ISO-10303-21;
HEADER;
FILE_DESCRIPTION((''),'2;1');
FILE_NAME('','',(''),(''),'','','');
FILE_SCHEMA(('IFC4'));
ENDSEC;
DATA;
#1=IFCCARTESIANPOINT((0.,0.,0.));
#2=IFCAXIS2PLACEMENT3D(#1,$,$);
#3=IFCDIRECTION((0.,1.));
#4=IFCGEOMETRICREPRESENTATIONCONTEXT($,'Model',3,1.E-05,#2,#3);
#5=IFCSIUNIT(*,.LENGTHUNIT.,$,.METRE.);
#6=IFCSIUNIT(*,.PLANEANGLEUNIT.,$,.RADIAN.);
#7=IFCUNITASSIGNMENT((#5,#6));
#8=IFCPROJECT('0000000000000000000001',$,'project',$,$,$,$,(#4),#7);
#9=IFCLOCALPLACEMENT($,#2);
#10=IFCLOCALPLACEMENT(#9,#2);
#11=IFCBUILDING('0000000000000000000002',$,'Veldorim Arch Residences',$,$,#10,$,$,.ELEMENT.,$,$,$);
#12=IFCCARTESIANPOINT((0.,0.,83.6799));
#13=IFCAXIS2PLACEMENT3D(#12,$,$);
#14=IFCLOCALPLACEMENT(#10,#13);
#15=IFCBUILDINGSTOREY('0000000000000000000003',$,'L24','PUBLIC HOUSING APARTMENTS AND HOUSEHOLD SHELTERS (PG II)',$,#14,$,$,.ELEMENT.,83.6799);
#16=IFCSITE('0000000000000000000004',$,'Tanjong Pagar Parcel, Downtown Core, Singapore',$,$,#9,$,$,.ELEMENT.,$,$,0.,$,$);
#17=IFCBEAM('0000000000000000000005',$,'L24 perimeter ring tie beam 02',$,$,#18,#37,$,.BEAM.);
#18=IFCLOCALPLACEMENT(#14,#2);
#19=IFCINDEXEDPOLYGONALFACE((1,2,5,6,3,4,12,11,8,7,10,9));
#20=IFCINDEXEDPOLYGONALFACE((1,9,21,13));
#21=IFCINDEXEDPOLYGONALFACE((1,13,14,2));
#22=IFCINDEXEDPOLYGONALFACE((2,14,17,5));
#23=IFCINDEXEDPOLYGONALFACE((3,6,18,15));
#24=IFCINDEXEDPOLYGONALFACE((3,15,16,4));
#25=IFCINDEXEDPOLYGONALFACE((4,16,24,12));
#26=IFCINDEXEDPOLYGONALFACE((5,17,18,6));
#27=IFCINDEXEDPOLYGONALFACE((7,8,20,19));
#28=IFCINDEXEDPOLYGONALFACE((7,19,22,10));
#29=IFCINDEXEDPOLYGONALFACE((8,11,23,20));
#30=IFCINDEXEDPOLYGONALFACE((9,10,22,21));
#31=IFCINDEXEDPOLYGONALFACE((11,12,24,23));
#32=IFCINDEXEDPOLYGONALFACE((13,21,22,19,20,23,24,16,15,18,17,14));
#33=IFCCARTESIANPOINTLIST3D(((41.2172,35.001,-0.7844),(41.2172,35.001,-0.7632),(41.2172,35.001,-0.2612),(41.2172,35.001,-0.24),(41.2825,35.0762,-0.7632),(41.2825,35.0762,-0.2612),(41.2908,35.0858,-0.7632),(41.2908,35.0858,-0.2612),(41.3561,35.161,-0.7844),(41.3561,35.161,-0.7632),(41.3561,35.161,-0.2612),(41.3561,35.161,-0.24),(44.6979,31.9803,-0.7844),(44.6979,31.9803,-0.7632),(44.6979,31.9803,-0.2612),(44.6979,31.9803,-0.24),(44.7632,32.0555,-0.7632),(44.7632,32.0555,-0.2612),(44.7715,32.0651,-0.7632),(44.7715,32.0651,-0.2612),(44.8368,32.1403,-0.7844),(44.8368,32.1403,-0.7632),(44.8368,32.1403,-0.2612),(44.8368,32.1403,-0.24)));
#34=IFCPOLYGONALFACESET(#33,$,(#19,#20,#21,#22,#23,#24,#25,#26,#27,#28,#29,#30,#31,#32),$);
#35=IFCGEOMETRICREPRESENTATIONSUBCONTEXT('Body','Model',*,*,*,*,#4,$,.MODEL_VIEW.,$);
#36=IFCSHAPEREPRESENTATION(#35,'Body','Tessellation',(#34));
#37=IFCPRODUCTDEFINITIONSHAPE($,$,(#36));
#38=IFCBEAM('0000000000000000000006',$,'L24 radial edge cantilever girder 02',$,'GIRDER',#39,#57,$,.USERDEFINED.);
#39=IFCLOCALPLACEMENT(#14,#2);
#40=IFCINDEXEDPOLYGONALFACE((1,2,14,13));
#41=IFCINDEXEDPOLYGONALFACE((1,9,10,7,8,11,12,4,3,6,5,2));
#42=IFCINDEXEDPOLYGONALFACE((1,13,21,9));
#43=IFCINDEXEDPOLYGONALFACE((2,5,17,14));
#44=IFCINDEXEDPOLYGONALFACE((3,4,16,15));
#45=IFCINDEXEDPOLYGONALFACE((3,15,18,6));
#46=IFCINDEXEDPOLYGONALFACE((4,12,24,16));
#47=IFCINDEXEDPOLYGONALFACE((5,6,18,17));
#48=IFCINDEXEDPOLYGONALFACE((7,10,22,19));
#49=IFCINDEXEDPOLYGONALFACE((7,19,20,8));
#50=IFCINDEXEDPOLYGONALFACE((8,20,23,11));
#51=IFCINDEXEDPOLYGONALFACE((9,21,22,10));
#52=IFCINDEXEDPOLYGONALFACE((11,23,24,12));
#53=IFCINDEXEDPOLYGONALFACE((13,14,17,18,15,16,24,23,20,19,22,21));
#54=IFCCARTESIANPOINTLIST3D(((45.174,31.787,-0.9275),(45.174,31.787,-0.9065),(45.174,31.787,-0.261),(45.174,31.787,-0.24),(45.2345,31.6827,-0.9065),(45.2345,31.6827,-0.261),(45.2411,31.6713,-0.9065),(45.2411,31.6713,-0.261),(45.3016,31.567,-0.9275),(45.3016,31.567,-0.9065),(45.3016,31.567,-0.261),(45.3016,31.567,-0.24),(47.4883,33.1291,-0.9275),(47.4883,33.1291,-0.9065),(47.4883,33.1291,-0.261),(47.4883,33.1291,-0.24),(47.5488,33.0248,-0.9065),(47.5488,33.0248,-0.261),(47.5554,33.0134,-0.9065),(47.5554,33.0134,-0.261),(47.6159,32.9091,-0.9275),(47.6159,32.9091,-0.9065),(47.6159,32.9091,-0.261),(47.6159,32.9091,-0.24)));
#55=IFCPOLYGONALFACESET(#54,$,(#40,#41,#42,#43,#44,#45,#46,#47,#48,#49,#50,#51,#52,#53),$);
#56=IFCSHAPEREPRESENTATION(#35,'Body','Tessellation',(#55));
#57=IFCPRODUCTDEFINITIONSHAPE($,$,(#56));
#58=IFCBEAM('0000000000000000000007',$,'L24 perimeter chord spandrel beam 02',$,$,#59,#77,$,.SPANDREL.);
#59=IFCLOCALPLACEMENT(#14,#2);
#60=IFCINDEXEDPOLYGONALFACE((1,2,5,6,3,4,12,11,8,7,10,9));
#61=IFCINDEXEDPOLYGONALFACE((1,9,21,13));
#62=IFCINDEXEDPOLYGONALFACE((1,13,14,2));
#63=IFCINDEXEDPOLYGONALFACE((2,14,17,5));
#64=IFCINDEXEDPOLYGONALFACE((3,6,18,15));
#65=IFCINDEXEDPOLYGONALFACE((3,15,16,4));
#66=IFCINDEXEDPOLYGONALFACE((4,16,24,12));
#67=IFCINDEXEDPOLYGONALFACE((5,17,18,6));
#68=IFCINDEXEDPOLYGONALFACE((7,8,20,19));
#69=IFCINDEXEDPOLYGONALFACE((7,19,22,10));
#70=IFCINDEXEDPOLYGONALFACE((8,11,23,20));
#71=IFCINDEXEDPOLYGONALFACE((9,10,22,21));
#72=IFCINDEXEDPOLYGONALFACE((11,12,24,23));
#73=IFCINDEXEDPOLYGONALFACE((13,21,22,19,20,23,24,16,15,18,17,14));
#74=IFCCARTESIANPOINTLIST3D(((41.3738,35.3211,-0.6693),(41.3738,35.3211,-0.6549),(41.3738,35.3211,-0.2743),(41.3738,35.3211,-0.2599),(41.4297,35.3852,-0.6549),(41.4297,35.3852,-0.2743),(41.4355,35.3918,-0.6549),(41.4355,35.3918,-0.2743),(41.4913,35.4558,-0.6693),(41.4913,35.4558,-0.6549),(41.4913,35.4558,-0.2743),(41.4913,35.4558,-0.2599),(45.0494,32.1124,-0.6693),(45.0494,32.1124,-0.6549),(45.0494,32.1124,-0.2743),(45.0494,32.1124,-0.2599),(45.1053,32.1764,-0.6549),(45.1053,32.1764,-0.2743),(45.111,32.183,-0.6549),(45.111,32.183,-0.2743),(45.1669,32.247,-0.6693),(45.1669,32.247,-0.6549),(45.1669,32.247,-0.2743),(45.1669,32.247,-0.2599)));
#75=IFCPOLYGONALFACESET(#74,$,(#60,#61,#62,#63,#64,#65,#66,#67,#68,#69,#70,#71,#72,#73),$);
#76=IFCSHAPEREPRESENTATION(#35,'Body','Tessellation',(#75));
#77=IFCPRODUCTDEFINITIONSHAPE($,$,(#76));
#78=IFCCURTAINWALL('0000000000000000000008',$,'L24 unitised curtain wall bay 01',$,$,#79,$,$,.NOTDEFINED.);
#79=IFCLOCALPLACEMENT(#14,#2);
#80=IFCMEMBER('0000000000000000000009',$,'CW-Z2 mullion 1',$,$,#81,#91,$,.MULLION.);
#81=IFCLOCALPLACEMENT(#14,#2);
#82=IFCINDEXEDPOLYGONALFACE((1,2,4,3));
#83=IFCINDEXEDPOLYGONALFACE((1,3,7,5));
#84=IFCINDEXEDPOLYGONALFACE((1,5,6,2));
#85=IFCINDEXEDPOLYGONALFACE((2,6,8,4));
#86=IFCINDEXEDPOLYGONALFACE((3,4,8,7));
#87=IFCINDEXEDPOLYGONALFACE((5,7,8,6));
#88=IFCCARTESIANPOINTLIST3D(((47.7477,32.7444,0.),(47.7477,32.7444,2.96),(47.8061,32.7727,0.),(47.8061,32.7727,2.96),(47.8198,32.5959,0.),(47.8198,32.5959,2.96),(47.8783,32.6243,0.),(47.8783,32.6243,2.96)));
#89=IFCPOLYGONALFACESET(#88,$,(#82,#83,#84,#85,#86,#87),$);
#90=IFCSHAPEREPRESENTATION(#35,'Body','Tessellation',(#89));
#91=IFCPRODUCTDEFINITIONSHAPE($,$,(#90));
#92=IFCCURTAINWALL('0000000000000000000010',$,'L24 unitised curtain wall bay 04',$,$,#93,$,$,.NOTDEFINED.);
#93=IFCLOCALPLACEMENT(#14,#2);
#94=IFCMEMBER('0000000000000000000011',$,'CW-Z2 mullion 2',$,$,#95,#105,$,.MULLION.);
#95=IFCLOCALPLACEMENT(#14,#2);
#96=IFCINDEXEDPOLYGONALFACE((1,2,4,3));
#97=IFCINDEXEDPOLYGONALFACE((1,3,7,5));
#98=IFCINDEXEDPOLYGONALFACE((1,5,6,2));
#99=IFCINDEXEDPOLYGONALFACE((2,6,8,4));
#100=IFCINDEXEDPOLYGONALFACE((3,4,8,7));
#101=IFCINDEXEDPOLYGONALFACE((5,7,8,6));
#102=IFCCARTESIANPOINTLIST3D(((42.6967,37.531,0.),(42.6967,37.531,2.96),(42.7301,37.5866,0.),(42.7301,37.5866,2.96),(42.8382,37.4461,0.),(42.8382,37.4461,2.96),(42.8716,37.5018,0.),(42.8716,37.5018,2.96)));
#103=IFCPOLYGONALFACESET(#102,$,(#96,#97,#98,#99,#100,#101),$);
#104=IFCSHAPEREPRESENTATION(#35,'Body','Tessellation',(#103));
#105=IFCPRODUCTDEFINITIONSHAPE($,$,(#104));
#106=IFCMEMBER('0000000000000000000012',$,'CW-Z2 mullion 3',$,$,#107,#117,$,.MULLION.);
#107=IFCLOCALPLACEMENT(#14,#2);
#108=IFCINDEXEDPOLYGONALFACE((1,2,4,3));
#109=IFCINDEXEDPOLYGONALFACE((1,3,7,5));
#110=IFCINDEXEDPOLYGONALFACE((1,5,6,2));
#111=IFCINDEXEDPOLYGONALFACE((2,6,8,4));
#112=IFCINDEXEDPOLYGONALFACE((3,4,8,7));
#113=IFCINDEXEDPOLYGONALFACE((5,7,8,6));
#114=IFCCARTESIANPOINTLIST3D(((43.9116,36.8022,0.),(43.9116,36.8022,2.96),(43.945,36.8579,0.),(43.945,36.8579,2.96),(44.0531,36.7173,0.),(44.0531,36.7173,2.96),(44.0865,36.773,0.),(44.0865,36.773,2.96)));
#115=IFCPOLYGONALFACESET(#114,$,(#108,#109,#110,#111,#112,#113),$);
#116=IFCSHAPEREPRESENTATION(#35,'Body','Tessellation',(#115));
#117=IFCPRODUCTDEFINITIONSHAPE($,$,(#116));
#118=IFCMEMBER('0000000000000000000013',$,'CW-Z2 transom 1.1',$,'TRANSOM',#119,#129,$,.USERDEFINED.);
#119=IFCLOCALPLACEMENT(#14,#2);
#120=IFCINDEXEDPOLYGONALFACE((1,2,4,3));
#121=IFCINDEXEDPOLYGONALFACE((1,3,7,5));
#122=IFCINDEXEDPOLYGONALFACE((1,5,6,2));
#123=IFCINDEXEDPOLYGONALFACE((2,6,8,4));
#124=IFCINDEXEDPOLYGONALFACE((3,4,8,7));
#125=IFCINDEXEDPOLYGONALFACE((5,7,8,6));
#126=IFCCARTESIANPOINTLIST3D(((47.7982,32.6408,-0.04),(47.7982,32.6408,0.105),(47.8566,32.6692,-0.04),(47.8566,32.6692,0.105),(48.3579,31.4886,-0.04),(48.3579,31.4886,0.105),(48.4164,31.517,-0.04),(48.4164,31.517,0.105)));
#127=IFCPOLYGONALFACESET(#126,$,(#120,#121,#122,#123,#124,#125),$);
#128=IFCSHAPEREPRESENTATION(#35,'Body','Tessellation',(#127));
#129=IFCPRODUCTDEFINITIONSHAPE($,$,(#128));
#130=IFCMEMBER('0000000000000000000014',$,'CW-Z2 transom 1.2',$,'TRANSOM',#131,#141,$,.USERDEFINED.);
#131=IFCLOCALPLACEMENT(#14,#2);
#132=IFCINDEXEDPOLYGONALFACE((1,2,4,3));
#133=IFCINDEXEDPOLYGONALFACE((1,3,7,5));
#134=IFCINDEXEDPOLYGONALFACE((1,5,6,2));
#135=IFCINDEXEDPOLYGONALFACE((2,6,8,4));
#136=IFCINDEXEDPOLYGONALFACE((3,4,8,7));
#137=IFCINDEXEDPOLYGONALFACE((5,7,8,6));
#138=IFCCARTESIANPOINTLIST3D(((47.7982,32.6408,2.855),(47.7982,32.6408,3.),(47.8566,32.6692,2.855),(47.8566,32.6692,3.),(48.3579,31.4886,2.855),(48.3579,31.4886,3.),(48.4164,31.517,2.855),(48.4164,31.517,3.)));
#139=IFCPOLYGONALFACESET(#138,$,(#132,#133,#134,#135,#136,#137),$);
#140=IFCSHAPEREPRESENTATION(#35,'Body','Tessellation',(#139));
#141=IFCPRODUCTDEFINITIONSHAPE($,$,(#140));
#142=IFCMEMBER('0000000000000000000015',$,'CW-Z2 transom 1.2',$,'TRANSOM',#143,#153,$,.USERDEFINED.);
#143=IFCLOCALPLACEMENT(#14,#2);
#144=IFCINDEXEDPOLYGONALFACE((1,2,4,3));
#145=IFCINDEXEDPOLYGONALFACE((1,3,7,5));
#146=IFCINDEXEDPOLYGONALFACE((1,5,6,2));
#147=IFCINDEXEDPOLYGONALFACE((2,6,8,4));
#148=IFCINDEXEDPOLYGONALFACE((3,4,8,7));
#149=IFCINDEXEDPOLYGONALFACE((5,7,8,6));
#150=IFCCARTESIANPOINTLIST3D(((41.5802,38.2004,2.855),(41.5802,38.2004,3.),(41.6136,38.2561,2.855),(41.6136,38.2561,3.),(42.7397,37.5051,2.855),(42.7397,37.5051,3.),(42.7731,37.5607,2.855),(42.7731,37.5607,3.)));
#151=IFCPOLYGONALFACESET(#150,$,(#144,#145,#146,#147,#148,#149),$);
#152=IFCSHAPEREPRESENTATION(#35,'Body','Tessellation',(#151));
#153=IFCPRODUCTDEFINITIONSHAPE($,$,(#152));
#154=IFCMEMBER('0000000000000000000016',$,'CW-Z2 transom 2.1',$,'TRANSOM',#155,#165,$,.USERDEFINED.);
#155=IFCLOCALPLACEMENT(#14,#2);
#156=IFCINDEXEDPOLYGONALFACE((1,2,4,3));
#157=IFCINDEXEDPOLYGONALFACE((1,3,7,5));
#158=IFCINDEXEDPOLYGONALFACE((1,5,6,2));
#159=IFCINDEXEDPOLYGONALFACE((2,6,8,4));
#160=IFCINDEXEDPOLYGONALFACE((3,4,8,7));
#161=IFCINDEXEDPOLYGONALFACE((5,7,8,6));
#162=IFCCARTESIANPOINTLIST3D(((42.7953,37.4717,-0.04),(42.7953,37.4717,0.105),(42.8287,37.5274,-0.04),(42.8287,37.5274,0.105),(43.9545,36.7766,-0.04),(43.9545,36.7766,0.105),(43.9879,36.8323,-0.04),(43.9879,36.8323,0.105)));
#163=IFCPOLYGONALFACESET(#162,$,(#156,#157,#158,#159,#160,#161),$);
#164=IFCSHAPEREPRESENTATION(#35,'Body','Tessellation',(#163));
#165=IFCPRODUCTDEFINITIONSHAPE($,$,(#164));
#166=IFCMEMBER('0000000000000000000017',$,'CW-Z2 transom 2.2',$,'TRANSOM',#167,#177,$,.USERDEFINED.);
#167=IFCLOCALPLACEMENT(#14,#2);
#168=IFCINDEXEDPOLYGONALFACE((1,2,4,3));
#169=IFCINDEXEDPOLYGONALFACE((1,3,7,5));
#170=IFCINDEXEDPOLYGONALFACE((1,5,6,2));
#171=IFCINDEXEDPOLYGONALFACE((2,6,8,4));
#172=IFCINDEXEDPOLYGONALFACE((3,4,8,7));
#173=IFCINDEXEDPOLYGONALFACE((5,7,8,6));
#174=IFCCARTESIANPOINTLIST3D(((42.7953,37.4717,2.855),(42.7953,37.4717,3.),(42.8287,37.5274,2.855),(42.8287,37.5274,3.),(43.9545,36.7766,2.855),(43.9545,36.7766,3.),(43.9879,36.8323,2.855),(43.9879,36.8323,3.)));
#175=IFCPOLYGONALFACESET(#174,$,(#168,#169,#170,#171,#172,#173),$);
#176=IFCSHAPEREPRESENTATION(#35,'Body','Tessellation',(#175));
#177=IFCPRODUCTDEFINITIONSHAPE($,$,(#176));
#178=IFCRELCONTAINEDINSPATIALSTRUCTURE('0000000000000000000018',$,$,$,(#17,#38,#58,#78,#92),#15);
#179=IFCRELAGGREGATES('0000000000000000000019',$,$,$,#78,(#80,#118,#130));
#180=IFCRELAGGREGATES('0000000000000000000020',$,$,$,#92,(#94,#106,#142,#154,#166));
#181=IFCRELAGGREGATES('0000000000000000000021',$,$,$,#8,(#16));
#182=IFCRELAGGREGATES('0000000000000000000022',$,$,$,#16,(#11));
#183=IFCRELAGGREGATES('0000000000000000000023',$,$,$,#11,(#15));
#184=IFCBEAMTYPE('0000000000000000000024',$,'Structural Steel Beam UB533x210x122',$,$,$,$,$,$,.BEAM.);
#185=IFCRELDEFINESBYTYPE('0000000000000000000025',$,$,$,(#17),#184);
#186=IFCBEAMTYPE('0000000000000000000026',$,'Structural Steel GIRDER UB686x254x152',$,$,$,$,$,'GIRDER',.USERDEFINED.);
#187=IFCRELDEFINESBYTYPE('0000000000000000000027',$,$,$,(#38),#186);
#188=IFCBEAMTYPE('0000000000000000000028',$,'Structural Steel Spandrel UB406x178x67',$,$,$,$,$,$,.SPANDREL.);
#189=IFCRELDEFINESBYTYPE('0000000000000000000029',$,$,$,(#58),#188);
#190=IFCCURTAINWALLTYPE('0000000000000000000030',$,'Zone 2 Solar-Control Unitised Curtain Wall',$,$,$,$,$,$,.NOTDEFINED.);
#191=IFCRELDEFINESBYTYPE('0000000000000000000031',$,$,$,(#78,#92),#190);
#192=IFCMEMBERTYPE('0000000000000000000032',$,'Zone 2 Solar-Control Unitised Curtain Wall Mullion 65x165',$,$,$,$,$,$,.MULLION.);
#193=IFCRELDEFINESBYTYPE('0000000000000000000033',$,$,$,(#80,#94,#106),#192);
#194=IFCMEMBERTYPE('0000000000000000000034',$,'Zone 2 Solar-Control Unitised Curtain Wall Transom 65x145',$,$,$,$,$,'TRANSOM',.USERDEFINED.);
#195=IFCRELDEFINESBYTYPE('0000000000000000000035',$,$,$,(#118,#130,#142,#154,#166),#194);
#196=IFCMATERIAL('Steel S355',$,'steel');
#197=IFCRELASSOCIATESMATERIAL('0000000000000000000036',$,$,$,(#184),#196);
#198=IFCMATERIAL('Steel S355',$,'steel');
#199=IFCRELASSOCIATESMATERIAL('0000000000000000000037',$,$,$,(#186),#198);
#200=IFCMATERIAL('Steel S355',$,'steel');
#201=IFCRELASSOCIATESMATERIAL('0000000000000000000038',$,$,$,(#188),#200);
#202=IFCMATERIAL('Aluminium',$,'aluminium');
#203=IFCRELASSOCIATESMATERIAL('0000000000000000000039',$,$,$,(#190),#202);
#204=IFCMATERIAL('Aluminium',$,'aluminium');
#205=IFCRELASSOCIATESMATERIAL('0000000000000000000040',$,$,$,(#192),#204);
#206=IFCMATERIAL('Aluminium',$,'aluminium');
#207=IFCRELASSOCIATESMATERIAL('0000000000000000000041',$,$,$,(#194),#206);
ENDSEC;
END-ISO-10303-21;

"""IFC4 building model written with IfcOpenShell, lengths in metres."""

from ifc_helpers import new_model, si_unit, direction, frame, origin, origin_2d, place, context, subcontext, project, spatial, rectangle, i_section, extrude, material, material_profile, profile_set, type_object, element, aggregate, save


model = new_model("IFC4")

# Units and contexts
model_context = context("Model", 3, precision=1e-05, world=origin(), true_north=direction((0.0, 1.0)))
body_context = subcontext(model_context, "Body", "Model", "MODEL_VIEW")
ifc_project = project(units=[si_unit("LENGTHUNIT", "METRE"), si_unit("PLANEANGLEUNIT", "RADIAN")], contexts=[model_context])

# Site, building, storey
site_placement = place(None, origin())
site = spatial("IfcSite", under=ifc_project, at=site_placement, Name="Tanjong Pagar Parcel, Downtown Core, Singapore", CompositionType="ELEMENT", RefElevation=0.0)
building_placement = place(site_placement, origin())
building = spatial("IfcBuilding", under=site, at=building_placement, Name="Veldorim Arch Residences", CompositionType="ELEMENT")
storey_placement = place(building_placement, frame((0.0, 0.0, 83.6799)))
storey = spatial("IfcBuildingStorey", under=building, at=storey_placement, Name="L24", Description="PUBLIC HOUSING APARTMENTS AND HOUSEHOLD SHELTERS (PG II)", CompositionType="ELEMENT", Elevation=83.6799)

# Beams
ifc_material_1 = material(Name="Steel S355", Category="steel")
ifc_material_profile_1 = material_profile(ifc_material_1, i_section(OverallWidth=0.2119, OverallDepth=0.5444, WebThickness=0.0127, FlangeThickness=0.0212, at=origin_2d()), Name="UB533x210x122")
ifc_profile_set_1 = profile_set([ifc_material_profile_1], Name="Steel S355")
beam_type_1 = type_object("IfcBeamType", Name="Structural Steel Beam UB533x210x122", PredefinedType="BEAM", material=ifc_profile_set_1)
beam_1_placement = place(storey_placement, frame((44.7673, 32.0603, -0.5122), z_axis=(-0.755245, 0.655443, 0.0), x_axis=(-0.655443, -0.755245, 0.0)))
element("IfcBeam", 1, at=beam_1_placement, inside=storey, type_object=beam_type_1, Name="L24 perimeter ring tie beam 02", PredefinedType="BEAM", context=body_context, shape_type="SweptSolid", body=[
    extrude(i_section(OverallWidth=0.2119, OverallDepth=0.5444, WebThickness=0.0127, FlangeThickness=0.0212, at=origin_2d()), origin(), (0.0, 0.0, 1.0), 4.6086),
])
ifc_material_2 = material(Name="Steel S355", Category="steel")
ifc_material_profile_2 = material_profile(ifc_material_2, i_section(OverallWidth=0.2544, OverallDepth=0.6875, WebThickness=0.0132, FlangeThickness=0.021, at=origin_2d()), Name="UB686x254x152")
ifc_profile_set_2 = profile_set([ifc_material_profile_2], Name="Steel S355")
beam_type_2 = type_object("IfcBeamType", Name="Structural Steel GIRDER UB686x254x152", ElementType="GIRDER", PredefinedType="USERDEFINED", material=ifc_profile_set_2)
beam_2_placement = place(storey_placement, frame((45.2378, 31.677, -0.5837), z_axis=(0.865064, 0.501662, 0.0), x_axis=(-0.501662, 0.865064, 0.0)))
element("IfcBeam", 2, at=beam_2_placement, inside=storey, type_object=beam_type_2, Name="L24 radial edge cantilever girder 02", ObjectType="GIRDER", PredefinedType="USERDEFINED", context=body_context, shape_type="SweptSolid", body=[
    extrude(i_section(OverallWidth=0.2544, OverallDepth=0.6875, WebThickness=0.0132, FlangeThickness=0.021, at=origin_2d()), origin(), (0.0, 0.0, 1.0), 2.6753),
])
ifc_material_3 = material(Name="Steel S355", Category="steel")
ifc_material_profile_3 = material_profile(ifc_material_3, i_section(OverallWidth=0.1787, OverallDepth=0.4094, WebThickness=0.0088, FlangeThickness=0.0144, at=origin_2d()), Name="UB406x178x67")
ifc_profile_set_3 = profile_set([ifc_material_profile_3], Name="Steel S355")
beam_type_3 = type_object("IfcBeamType", Name="Structural Steel Spandrel UB406x178x67", PredefinedType="SPANDREL", material=ifc_profile_set_3)
beam_3_placement = place(storey_placement, frame((45.1082, 32.1797, -0.4646), z_axis=(-0.753323, 0.65765, 0.0), x_axis=(-0.65765, -0.753323, 0.0)))
element("IfcBeam", 3, at=beam_3_placement, inside=storey, type_object=beam_type_3, Name="L24 perimeter chord spandrel beam 02", PredefinedType="SPANDREL", context=body_context, shape_type="SweptSolid", body=[
    extrude(i_section(OverallWidth=0.1787, OverallDepth=0.4094, WebThickness=0.0088, FlangeThickness=0.0144, at=origin_2d()), origin(), (0.0, 0.0, 1.0), 4.8792),
])

# Curtain wall, member
ifc_material_4 = material(Name="Aluminium", Category="aluminium")
curtain_wall_type = type_object("IfcCurtainWallType", Name="Zone 2 Solar-Control Unitised Curtain Wall", PredefinedType="NOTDEFINED", material=ifc_material_4)
curtain_wall_1_placement = place(storey_placement, origin())
curtain_wall_1 = element("IfcCurtainWall", 4, at=curtain_wall_1_placement, inside=storey, type_object=curtain_wall_type, Name="L24 unitised curtain wall bay 01", PredefinedType="NOTDEFINED")
ifc_material_5 = material(Name="Aluminium", Category="aluminium")
ifc_material_profile_4 = material_profile(ifc_material_5, rectangle(XDim=0.0649, YDim=0.165, at=origin_2d()), Name="ALU_MUL_65x165")
ifc_profile_set_4 = profile_set([ifc_material_profile_4], Name="Aluminium")
member_type_1 = type_object("IfcMemberType", Name="Zone 2 Solar-Control Unitised Curtain Wall Mullion 65x165", PredefinedType="MULLION", material=ifc_profile_set_4)
member_1_placement = place(storey_placement, frame((47.813, 32.6843, 0.0), z_axis=(0.0, 0.0, 1.0), x_axis=(0.899439, 0.437046, 0.0)))
member_1 = element("IfcMember", 5, at=member_1_placement, type_object=member_type_1, Name="CW-Z2 mullion 1", PredefinedType="MULLION", context=body_context, shape_type="SweptSolid", body=[
    extrude(rectangle(XDim=0.0649, YDim=0.165, at=origin_2d()), origin(), (0.0, 0.0, 1.0), 2.96),
])

# Curtain wall, members
curtain_wall_2_placement = place(storey_placement, origin())
curtain_wall_2 = element("IfcCurtainWall", 6, at=curtain_wall_2_placement, inside=storey, type_object=curtain_wall_type, Name="L24 unitised curtain wall bay 04", PredefinedType="NOTDEFINED")
member_2_placement = place(storey_placement, frame((42.7842, 37.5164, 0.0), z_axis=(0.0, 0.0, 1.0), x_axis=(0.514313, 0.857602, 0.0)))
member_2 = element("IfcMember", 7, at=member_2_placement, type_object=member_type_1, Name="CW-Z2 mullion 2", PredefinedType="MULLION", context=body_context, shape_type="SweptSolid", body=[
    extrude(rectangle(XDim=0.0649, YDim=0.165, at=origin_2d()), origin(), (0.0, 0.0, 1.0), 2.96),
])
member_3_placement = place(storey_placement, frame((43.999, 36.7876, 0.0), z_axis=(0.0, 0.0, 1.0), x_axis=(0.514313, 0.857602, 0.0)))
member_3 = element("IfcMember", 8, at=member_3_placement, type_object=member_type_1, Name="CW-Z2 mullion 3", PredefinedType="MULLION", context=body_context, shape_type="SweptSolid", body=[
    extrude(rectangle(XDim=0.0649, YDim=0.165, at=origin_2d()), origin(), (0.0, 0.0, 1.0), 2.96),
])

# Members
ifc_material_6 = material(Name="Aluminium", Category="aluminium")
ifc_material_profile_5 = material_profile(ifc_material_6, rectangle(XDim=0.0649, YDim=0.145, at=origin_2d()), Name="ALU_TRN_65x145")
ifc_profile_set_5 = profile_set([ifc_material_profile_5], Name="Aluminium")
member_type_2 = type_object("IfcMemberType", Name="Zone 2 Solar-Control Unitised Curtain Wall Transom 65x145", ElementType="TRANSOM", PredefinedType="USERDEFINED", material=ifc_profile_set_5)
member_4_placement = place(storey_placement, frame((47.8274, 32.655, 0.0325), z_axis=(0.43697, -0.899476, 0.0), x_axis=(0.899476, 0.43697, 0.0)))
member_4 = element("IfcMember", 9, at=member_4_placement, type_object=member_type_2, Name="CW-Z2 transom 1.1", ObjectType="TRANSOM", PredefinedType="USERDEFINED", context=body_context, shape_type="SweptSolid", body=[
    extrude(rectangle(XDim=0.0649, YDim=0.145, at=origin_2d()), origin(), (0.0, 0.0, 1.0), 1.281),
])
member_5_placement = place(storey_placement, frame((47.8274, 32.655, 2.9275), z_axis=(0.43697, -0.899476, 0.0), x_axis=(0.899476, 0.43697, 0.0)))
member_5 = element("IfcMember", 10, at=member_5_placement, type_object=member_type_2, Name="CW-Z2 transom 1.2", ObjectType="TRANSOM", PredefinedType="USERDEFINED", context=body_context, shape_type="SweptSolid", body=[
    extrude(rectangle(XDim=0.0649, YDim=0.145, at=origin_2d()), origin(), (0.0, 0.0, 1.0), 1.281),
])
member_6_placement = place(storey_placement, frame((41.5969, 38.2283, 2.9275), z_axis=(0.857604, -0.51431, 0.0), x_axis=(0.51431, 0.857604, 0.0)))
member_6 = element("IfcMember", 11, at=member_6_placement, type_object=member_type_2, Name="CW-Z2 transom 1.2", ObjectType="TRANSOM", PredefinedType="USERDEFINED", context=body_context, shape_type="SweptSolid", body=[
    extrude(rectangle(XDim=0.0649, YDim=0.145, at=origin_2d()), origin(), (0.0, 0.0, 1.0), 1.3521),
])
member_7_placement = place(storey_placement, frame((42.812, 37.4995, 0.0325), z_axis=(0.857636, -0.514257, 0.0), x_axis=(0.514257, 0.857636, 0.0)))
member_7 = element("IfcMember", 12, at=member_7_placement, type_object=member_type_2, Name="CW-Z2 transom 2.1", ObjectType="TRANSOM", PredefinedType="USERDEFINED", context=body_context, shape_type="SweptSolid", body=[
    extrude(rectangle(XDim=0.0649, YDim=0.145, at=origin_2d()), origin(), (0.0, 0.0, 1.0), 1.3516),
])
member_8_placement = place(storey_placement, frame((42.812, 37.4995, 2.9275), z_axis=(0.857636, -0.514257, 0.0), x_axis=(0.514257, 0.857636, 0.0)))
member_8 = element("IfcMember", 13, at=member_8_placement, type_object=member_type_2, Name="CW-Z2 transom 2.2", ObjectType="TRANSOM", PredefinedType="USERDEFINED", context=body_context, shape_type="SweptSolid", body=[
    extrude(rectangle(XDim=0.0649, YDim=0.145, at=origin_2d()), origin(), (0.0, 0.0, 1.0), 1.3516),
])

aggregate(curtain_wall_1, [member_1, member_4, member_5])
aggregate(curtain_wall_2, [member_2, member_3, member_6, member_7, member_8])

save(model, "model.ifc")
